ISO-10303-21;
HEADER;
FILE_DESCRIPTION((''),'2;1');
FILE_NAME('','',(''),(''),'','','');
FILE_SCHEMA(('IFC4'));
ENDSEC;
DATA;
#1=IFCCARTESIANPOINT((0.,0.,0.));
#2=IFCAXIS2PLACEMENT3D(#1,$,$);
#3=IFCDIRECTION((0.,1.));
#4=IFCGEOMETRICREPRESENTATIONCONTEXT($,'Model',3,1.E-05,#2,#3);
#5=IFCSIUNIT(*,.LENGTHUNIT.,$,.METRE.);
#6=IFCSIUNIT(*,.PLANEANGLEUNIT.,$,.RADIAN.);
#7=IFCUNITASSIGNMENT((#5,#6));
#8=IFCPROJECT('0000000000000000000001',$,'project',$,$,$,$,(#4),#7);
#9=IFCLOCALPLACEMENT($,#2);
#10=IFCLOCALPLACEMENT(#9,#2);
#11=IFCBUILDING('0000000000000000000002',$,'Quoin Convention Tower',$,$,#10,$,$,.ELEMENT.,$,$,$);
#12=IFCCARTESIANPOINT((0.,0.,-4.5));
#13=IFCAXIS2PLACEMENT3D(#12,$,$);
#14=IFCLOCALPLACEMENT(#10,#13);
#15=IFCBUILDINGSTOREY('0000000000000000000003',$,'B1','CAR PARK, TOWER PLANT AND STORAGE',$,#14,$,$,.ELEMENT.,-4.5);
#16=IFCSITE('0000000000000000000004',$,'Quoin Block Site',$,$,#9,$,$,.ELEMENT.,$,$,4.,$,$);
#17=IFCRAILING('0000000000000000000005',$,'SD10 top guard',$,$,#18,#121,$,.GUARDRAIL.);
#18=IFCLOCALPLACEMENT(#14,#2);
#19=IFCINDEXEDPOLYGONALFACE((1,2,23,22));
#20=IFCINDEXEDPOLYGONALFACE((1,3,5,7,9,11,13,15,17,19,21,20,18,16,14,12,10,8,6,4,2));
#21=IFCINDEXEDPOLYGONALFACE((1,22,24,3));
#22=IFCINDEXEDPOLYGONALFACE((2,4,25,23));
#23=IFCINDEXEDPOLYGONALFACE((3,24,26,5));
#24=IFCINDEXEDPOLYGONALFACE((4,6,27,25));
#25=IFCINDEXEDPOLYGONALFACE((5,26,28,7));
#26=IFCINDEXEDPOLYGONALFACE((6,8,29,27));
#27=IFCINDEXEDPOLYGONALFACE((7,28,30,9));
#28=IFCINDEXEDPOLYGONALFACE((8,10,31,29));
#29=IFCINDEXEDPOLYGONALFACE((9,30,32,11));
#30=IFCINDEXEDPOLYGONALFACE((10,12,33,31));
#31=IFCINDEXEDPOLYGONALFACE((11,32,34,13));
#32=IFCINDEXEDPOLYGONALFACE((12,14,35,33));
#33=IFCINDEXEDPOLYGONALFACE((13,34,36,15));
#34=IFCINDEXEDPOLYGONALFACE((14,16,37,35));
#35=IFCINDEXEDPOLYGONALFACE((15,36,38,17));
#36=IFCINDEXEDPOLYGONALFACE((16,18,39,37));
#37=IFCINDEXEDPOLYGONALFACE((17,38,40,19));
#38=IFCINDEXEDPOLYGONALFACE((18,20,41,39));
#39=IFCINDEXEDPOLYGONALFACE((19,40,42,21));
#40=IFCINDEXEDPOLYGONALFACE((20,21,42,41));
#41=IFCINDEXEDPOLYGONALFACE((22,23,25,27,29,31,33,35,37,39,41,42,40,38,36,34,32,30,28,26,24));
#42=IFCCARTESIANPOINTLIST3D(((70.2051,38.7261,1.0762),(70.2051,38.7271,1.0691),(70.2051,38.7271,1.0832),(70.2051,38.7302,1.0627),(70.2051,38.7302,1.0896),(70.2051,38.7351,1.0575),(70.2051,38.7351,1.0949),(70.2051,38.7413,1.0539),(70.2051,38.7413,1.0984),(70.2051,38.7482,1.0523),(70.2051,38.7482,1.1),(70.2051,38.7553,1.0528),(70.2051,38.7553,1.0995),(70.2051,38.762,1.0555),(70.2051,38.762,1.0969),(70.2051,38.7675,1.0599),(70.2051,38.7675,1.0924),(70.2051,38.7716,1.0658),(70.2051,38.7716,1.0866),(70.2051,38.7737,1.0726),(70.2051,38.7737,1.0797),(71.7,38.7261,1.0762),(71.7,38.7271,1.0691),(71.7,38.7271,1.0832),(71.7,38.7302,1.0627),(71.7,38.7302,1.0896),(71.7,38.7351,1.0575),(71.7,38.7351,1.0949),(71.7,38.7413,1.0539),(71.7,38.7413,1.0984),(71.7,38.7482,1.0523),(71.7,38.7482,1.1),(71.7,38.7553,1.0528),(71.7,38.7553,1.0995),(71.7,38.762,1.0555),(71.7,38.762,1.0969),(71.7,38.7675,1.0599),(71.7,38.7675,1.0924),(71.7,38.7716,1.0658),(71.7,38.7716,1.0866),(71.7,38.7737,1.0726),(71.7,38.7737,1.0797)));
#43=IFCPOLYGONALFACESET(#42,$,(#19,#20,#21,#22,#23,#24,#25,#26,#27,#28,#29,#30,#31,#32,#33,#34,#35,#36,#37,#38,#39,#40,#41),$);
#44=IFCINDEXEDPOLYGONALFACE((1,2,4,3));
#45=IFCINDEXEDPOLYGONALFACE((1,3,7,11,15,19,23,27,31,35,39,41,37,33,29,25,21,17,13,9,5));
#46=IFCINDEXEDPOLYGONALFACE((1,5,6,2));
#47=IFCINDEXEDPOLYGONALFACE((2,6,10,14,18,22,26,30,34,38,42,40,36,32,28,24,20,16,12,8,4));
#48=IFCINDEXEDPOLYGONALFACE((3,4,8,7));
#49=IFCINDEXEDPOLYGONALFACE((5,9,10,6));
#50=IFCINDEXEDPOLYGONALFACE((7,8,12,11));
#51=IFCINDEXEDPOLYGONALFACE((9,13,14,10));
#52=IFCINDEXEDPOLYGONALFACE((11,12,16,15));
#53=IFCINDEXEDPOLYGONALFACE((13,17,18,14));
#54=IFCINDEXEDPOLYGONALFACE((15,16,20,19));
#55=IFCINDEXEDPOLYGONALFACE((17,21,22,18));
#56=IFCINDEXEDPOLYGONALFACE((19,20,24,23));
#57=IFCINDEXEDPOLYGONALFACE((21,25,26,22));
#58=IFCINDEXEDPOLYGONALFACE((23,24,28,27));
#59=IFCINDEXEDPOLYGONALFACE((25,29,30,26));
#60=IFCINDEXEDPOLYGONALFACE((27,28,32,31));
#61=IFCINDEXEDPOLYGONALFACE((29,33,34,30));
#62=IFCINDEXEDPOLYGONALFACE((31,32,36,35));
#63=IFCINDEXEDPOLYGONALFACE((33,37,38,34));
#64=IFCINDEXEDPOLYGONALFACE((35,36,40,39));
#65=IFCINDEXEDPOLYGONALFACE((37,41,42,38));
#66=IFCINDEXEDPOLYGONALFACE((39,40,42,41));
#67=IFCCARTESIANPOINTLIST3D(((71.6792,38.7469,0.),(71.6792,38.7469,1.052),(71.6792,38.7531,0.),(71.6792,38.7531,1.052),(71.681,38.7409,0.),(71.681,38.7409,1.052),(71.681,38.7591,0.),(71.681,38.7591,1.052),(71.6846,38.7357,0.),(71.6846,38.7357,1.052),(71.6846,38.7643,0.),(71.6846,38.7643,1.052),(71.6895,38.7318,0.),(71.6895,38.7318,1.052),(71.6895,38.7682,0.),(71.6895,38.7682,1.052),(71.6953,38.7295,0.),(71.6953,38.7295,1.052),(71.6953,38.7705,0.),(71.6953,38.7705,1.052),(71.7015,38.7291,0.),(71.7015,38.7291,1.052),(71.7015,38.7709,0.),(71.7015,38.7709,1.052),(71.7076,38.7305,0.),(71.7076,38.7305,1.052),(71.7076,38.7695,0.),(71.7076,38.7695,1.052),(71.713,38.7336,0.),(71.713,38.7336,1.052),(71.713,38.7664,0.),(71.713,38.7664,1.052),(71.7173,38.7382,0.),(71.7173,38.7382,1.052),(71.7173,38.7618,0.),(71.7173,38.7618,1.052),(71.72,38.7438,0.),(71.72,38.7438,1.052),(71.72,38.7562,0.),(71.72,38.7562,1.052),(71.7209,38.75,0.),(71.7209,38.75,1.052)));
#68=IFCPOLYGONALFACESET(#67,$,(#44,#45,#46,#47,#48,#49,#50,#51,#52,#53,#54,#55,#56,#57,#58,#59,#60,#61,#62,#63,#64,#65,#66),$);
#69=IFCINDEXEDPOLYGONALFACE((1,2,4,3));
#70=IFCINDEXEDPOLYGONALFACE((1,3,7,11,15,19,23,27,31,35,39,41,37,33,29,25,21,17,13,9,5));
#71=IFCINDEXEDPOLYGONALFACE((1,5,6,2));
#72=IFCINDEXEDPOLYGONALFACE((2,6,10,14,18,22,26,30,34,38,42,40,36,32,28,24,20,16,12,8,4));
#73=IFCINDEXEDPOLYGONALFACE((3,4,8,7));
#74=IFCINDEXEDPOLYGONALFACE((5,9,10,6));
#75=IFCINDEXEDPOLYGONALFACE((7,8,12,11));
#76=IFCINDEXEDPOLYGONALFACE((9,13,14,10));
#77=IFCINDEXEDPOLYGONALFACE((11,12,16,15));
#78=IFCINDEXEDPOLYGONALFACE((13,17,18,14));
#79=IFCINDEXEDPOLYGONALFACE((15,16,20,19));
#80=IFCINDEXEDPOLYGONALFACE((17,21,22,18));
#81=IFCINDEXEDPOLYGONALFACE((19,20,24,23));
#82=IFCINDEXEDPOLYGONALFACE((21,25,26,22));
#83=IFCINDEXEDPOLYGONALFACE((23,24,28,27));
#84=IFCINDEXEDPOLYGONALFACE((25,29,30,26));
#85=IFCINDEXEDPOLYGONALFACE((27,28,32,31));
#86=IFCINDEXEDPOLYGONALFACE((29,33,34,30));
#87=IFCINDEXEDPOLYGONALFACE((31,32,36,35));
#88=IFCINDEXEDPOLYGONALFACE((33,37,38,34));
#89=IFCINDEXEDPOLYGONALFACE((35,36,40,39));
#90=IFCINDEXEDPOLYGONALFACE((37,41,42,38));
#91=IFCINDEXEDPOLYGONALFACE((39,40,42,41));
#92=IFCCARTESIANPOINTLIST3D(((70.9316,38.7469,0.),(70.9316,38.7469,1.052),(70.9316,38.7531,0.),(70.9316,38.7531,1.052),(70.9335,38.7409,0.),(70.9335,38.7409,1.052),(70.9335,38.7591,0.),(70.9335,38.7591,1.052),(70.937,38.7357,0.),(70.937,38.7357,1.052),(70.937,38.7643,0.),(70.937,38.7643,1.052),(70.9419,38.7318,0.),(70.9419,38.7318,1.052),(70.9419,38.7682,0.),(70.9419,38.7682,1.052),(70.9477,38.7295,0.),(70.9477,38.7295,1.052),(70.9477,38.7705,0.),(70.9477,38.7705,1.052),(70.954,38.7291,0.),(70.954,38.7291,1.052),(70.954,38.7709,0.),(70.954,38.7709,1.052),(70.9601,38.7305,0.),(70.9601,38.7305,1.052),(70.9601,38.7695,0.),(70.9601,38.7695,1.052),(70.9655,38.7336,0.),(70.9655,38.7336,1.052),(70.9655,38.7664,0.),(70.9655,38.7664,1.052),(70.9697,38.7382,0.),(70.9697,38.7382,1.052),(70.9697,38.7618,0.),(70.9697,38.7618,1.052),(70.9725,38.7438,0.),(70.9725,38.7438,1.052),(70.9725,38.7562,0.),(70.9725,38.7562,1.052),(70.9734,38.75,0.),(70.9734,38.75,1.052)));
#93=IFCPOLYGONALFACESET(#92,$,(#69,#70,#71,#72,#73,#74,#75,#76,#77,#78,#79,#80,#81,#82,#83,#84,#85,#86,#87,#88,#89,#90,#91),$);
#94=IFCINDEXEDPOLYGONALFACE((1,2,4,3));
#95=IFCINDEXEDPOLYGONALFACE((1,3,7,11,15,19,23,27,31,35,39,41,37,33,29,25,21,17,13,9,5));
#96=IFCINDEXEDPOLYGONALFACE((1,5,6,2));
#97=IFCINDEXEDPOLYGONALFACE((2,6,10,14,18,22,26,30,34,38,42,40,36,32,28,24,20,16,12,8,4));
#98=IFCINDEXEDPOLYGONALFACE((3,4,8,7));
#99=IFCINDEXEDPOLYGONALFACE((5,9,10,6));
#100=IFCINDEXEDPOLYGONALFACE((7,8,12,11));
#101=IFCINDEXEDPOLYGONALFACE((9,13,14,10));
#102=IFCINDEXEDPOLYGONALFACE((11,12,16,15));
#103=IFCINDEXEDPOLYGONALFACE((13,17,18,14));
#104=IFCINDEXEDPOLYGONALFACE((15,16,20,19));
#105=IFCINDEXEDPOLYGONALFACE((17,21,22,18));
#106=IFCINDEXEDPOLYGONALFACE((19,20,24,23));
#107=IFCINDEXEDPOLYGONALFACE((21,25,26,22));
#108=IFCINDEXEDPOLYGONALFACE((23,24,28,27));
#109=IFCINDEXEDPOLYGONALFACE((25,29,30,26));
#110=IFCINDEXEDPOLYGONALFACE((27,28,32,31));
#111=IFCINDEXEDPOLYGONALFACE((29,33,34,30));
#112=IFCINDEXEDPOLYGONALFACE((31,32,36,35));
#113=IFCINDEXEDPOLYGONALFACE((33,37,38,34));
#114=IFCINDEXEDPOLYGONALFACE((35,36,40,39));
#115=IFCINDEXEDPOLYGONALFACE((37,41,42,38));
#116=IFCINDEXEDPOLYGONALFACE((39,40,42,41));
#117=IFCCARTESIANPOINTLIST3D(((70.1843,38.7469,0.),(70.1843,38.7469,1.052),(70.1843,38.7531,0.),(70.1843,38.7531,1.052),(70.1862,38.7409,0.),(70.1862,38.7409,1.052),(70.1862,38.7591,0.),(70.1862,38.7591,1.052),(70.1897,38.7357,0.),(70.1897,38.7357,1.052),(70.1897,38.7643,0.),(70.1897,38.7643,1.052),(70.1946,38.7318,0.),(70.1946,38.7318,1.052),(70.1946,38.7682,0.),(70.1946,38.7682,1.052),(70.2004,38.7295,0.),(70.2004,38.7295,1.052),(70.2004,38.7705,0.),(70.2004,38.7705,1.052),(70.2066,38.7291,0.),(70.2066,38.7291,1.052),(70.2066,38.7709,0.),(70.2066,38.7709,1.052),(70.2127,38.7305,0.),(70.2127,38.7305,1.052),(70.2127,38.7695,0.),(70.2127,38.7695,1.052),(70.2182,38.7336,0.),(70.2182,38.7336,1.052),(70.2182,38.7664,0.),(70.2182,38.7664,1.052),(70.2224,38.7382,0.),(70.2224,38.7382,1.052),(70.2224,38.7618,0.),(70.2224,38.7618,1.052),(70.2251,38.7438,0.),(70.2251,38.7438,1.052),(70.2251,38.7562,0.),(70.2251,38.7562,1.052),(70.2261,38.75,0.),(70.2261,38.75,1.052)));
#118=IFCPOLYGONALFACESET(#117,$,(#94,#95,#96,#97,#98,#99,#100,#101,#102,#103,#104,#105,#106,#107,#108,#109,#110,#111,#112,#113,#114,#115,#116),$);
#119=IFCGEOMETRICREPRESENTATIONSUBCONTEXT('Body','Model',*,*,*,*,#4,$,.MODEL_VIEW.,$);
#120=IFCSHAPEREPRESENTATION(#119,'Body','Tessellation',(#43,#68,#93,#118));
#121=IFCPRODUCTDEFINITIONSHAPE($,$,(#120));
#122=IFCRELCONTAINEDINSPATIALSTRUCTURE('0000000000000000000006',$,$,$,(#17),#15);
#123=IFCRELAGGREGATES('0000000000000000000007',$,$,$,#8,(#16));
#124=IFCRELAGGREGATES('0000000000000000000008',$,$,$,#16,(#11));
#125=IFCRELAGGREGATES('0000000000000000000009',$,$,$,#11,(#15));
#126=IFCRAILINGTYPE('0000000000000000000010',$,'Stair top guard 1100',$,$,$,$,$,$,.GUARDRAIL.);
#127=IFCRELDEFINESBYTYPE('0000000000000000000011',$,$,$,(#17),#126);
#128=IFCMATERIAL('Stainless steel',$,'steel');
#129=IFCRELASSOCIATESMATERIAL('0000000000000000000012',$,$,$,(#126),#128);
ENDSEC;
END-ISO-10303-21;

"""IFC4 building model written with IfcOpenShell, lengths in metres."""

from ifc_helpers import new_model, si_unit, direction, frame, origin, origin_2d, place, context, subcontext, project, spatial, circle, extrude, material, type_object, element, save


model = new_model("IFC4")

# Units and contexts
model_context = context("Model", 3, precision=1e-05, world=origin(), true_north=direction((0.0, 1.0)))
body_context = subcontext(model_context, "Body", "Model", "MODEL_VIEW")
ifc_project = project(units=[si_unit("LENGTHUNIT", "METRE"), si_unit("PLANEANGLEUNIT", "RADIAN")], contexts=[model_context])

# Site, building, storey
site_placement = place(None, origin())
site = spatial("IfcSite", under=ifc_project, at=site_placement, Name="Quoin Block Site", CompositionType="ELEMENT", RefElevation=4.0)
building_placement = place(site_placement, origin())
building = spatial("IfcBuilding", under=site, at=building_placement, Name="Quoin Convention Tower", CompositionType="ELEMENT")
storey_placement = place(building_placement, frame((0.0, 0.0, -4.5)))
storey = spatial("IfcBuildingStorey", under=building, at=storey_placement, Name="B1", Description="CAR PARK, TOWER PLANT AND STORAGE", CompositionType="ELEMENT", Elevation=-4.5)

# Railing
ifc_material_1 = material(Name="Stainless steel", Category="steel")
railing_type_1 = type_object("IfcRailingType", Name="Stair top guard 1100", PredefinedType="GUARDRAIL", material=ifc_material_1)
railing_1_placement = place(storey_placement, frame((71.7, 38.75, 0.0)))
element("IfcRailing", 1, at=railing_1_placement, inside=storey, type_object=railing_type_1, Name="SD10 top guard", PredefinedType="GUARDRAIL", context=body_context, shape_type="SweptSolid", body=[
    extrude(circle(Radius=0.0239, at=origin_2d()), frame((0.0, 0.0, 1.0762), z_axis=(-1.0, 0.0, 0.0), x_axis=(0.0, -1.0, 0.0)), (0.0, 0.0, 1.0), 1.4949),
    extrude(circle(Radius=0.021, at=origin_2d()), origin(), (0.0, 0.0, 1.0), 1.052),
    extrude(circle(Radius=0.021, at=origin_2d()), frame((-0.7476, 0.0, 0.0)), (0.0, 0.0, 1.0), 1.052),
    extrude(circle(Radius=0.021, at=origin_2d()), frame((-1.4949, 0.0, 0.0)), (0.0, 0.0, 1.0), 1.052),
])

save(model, "model.ifc")
